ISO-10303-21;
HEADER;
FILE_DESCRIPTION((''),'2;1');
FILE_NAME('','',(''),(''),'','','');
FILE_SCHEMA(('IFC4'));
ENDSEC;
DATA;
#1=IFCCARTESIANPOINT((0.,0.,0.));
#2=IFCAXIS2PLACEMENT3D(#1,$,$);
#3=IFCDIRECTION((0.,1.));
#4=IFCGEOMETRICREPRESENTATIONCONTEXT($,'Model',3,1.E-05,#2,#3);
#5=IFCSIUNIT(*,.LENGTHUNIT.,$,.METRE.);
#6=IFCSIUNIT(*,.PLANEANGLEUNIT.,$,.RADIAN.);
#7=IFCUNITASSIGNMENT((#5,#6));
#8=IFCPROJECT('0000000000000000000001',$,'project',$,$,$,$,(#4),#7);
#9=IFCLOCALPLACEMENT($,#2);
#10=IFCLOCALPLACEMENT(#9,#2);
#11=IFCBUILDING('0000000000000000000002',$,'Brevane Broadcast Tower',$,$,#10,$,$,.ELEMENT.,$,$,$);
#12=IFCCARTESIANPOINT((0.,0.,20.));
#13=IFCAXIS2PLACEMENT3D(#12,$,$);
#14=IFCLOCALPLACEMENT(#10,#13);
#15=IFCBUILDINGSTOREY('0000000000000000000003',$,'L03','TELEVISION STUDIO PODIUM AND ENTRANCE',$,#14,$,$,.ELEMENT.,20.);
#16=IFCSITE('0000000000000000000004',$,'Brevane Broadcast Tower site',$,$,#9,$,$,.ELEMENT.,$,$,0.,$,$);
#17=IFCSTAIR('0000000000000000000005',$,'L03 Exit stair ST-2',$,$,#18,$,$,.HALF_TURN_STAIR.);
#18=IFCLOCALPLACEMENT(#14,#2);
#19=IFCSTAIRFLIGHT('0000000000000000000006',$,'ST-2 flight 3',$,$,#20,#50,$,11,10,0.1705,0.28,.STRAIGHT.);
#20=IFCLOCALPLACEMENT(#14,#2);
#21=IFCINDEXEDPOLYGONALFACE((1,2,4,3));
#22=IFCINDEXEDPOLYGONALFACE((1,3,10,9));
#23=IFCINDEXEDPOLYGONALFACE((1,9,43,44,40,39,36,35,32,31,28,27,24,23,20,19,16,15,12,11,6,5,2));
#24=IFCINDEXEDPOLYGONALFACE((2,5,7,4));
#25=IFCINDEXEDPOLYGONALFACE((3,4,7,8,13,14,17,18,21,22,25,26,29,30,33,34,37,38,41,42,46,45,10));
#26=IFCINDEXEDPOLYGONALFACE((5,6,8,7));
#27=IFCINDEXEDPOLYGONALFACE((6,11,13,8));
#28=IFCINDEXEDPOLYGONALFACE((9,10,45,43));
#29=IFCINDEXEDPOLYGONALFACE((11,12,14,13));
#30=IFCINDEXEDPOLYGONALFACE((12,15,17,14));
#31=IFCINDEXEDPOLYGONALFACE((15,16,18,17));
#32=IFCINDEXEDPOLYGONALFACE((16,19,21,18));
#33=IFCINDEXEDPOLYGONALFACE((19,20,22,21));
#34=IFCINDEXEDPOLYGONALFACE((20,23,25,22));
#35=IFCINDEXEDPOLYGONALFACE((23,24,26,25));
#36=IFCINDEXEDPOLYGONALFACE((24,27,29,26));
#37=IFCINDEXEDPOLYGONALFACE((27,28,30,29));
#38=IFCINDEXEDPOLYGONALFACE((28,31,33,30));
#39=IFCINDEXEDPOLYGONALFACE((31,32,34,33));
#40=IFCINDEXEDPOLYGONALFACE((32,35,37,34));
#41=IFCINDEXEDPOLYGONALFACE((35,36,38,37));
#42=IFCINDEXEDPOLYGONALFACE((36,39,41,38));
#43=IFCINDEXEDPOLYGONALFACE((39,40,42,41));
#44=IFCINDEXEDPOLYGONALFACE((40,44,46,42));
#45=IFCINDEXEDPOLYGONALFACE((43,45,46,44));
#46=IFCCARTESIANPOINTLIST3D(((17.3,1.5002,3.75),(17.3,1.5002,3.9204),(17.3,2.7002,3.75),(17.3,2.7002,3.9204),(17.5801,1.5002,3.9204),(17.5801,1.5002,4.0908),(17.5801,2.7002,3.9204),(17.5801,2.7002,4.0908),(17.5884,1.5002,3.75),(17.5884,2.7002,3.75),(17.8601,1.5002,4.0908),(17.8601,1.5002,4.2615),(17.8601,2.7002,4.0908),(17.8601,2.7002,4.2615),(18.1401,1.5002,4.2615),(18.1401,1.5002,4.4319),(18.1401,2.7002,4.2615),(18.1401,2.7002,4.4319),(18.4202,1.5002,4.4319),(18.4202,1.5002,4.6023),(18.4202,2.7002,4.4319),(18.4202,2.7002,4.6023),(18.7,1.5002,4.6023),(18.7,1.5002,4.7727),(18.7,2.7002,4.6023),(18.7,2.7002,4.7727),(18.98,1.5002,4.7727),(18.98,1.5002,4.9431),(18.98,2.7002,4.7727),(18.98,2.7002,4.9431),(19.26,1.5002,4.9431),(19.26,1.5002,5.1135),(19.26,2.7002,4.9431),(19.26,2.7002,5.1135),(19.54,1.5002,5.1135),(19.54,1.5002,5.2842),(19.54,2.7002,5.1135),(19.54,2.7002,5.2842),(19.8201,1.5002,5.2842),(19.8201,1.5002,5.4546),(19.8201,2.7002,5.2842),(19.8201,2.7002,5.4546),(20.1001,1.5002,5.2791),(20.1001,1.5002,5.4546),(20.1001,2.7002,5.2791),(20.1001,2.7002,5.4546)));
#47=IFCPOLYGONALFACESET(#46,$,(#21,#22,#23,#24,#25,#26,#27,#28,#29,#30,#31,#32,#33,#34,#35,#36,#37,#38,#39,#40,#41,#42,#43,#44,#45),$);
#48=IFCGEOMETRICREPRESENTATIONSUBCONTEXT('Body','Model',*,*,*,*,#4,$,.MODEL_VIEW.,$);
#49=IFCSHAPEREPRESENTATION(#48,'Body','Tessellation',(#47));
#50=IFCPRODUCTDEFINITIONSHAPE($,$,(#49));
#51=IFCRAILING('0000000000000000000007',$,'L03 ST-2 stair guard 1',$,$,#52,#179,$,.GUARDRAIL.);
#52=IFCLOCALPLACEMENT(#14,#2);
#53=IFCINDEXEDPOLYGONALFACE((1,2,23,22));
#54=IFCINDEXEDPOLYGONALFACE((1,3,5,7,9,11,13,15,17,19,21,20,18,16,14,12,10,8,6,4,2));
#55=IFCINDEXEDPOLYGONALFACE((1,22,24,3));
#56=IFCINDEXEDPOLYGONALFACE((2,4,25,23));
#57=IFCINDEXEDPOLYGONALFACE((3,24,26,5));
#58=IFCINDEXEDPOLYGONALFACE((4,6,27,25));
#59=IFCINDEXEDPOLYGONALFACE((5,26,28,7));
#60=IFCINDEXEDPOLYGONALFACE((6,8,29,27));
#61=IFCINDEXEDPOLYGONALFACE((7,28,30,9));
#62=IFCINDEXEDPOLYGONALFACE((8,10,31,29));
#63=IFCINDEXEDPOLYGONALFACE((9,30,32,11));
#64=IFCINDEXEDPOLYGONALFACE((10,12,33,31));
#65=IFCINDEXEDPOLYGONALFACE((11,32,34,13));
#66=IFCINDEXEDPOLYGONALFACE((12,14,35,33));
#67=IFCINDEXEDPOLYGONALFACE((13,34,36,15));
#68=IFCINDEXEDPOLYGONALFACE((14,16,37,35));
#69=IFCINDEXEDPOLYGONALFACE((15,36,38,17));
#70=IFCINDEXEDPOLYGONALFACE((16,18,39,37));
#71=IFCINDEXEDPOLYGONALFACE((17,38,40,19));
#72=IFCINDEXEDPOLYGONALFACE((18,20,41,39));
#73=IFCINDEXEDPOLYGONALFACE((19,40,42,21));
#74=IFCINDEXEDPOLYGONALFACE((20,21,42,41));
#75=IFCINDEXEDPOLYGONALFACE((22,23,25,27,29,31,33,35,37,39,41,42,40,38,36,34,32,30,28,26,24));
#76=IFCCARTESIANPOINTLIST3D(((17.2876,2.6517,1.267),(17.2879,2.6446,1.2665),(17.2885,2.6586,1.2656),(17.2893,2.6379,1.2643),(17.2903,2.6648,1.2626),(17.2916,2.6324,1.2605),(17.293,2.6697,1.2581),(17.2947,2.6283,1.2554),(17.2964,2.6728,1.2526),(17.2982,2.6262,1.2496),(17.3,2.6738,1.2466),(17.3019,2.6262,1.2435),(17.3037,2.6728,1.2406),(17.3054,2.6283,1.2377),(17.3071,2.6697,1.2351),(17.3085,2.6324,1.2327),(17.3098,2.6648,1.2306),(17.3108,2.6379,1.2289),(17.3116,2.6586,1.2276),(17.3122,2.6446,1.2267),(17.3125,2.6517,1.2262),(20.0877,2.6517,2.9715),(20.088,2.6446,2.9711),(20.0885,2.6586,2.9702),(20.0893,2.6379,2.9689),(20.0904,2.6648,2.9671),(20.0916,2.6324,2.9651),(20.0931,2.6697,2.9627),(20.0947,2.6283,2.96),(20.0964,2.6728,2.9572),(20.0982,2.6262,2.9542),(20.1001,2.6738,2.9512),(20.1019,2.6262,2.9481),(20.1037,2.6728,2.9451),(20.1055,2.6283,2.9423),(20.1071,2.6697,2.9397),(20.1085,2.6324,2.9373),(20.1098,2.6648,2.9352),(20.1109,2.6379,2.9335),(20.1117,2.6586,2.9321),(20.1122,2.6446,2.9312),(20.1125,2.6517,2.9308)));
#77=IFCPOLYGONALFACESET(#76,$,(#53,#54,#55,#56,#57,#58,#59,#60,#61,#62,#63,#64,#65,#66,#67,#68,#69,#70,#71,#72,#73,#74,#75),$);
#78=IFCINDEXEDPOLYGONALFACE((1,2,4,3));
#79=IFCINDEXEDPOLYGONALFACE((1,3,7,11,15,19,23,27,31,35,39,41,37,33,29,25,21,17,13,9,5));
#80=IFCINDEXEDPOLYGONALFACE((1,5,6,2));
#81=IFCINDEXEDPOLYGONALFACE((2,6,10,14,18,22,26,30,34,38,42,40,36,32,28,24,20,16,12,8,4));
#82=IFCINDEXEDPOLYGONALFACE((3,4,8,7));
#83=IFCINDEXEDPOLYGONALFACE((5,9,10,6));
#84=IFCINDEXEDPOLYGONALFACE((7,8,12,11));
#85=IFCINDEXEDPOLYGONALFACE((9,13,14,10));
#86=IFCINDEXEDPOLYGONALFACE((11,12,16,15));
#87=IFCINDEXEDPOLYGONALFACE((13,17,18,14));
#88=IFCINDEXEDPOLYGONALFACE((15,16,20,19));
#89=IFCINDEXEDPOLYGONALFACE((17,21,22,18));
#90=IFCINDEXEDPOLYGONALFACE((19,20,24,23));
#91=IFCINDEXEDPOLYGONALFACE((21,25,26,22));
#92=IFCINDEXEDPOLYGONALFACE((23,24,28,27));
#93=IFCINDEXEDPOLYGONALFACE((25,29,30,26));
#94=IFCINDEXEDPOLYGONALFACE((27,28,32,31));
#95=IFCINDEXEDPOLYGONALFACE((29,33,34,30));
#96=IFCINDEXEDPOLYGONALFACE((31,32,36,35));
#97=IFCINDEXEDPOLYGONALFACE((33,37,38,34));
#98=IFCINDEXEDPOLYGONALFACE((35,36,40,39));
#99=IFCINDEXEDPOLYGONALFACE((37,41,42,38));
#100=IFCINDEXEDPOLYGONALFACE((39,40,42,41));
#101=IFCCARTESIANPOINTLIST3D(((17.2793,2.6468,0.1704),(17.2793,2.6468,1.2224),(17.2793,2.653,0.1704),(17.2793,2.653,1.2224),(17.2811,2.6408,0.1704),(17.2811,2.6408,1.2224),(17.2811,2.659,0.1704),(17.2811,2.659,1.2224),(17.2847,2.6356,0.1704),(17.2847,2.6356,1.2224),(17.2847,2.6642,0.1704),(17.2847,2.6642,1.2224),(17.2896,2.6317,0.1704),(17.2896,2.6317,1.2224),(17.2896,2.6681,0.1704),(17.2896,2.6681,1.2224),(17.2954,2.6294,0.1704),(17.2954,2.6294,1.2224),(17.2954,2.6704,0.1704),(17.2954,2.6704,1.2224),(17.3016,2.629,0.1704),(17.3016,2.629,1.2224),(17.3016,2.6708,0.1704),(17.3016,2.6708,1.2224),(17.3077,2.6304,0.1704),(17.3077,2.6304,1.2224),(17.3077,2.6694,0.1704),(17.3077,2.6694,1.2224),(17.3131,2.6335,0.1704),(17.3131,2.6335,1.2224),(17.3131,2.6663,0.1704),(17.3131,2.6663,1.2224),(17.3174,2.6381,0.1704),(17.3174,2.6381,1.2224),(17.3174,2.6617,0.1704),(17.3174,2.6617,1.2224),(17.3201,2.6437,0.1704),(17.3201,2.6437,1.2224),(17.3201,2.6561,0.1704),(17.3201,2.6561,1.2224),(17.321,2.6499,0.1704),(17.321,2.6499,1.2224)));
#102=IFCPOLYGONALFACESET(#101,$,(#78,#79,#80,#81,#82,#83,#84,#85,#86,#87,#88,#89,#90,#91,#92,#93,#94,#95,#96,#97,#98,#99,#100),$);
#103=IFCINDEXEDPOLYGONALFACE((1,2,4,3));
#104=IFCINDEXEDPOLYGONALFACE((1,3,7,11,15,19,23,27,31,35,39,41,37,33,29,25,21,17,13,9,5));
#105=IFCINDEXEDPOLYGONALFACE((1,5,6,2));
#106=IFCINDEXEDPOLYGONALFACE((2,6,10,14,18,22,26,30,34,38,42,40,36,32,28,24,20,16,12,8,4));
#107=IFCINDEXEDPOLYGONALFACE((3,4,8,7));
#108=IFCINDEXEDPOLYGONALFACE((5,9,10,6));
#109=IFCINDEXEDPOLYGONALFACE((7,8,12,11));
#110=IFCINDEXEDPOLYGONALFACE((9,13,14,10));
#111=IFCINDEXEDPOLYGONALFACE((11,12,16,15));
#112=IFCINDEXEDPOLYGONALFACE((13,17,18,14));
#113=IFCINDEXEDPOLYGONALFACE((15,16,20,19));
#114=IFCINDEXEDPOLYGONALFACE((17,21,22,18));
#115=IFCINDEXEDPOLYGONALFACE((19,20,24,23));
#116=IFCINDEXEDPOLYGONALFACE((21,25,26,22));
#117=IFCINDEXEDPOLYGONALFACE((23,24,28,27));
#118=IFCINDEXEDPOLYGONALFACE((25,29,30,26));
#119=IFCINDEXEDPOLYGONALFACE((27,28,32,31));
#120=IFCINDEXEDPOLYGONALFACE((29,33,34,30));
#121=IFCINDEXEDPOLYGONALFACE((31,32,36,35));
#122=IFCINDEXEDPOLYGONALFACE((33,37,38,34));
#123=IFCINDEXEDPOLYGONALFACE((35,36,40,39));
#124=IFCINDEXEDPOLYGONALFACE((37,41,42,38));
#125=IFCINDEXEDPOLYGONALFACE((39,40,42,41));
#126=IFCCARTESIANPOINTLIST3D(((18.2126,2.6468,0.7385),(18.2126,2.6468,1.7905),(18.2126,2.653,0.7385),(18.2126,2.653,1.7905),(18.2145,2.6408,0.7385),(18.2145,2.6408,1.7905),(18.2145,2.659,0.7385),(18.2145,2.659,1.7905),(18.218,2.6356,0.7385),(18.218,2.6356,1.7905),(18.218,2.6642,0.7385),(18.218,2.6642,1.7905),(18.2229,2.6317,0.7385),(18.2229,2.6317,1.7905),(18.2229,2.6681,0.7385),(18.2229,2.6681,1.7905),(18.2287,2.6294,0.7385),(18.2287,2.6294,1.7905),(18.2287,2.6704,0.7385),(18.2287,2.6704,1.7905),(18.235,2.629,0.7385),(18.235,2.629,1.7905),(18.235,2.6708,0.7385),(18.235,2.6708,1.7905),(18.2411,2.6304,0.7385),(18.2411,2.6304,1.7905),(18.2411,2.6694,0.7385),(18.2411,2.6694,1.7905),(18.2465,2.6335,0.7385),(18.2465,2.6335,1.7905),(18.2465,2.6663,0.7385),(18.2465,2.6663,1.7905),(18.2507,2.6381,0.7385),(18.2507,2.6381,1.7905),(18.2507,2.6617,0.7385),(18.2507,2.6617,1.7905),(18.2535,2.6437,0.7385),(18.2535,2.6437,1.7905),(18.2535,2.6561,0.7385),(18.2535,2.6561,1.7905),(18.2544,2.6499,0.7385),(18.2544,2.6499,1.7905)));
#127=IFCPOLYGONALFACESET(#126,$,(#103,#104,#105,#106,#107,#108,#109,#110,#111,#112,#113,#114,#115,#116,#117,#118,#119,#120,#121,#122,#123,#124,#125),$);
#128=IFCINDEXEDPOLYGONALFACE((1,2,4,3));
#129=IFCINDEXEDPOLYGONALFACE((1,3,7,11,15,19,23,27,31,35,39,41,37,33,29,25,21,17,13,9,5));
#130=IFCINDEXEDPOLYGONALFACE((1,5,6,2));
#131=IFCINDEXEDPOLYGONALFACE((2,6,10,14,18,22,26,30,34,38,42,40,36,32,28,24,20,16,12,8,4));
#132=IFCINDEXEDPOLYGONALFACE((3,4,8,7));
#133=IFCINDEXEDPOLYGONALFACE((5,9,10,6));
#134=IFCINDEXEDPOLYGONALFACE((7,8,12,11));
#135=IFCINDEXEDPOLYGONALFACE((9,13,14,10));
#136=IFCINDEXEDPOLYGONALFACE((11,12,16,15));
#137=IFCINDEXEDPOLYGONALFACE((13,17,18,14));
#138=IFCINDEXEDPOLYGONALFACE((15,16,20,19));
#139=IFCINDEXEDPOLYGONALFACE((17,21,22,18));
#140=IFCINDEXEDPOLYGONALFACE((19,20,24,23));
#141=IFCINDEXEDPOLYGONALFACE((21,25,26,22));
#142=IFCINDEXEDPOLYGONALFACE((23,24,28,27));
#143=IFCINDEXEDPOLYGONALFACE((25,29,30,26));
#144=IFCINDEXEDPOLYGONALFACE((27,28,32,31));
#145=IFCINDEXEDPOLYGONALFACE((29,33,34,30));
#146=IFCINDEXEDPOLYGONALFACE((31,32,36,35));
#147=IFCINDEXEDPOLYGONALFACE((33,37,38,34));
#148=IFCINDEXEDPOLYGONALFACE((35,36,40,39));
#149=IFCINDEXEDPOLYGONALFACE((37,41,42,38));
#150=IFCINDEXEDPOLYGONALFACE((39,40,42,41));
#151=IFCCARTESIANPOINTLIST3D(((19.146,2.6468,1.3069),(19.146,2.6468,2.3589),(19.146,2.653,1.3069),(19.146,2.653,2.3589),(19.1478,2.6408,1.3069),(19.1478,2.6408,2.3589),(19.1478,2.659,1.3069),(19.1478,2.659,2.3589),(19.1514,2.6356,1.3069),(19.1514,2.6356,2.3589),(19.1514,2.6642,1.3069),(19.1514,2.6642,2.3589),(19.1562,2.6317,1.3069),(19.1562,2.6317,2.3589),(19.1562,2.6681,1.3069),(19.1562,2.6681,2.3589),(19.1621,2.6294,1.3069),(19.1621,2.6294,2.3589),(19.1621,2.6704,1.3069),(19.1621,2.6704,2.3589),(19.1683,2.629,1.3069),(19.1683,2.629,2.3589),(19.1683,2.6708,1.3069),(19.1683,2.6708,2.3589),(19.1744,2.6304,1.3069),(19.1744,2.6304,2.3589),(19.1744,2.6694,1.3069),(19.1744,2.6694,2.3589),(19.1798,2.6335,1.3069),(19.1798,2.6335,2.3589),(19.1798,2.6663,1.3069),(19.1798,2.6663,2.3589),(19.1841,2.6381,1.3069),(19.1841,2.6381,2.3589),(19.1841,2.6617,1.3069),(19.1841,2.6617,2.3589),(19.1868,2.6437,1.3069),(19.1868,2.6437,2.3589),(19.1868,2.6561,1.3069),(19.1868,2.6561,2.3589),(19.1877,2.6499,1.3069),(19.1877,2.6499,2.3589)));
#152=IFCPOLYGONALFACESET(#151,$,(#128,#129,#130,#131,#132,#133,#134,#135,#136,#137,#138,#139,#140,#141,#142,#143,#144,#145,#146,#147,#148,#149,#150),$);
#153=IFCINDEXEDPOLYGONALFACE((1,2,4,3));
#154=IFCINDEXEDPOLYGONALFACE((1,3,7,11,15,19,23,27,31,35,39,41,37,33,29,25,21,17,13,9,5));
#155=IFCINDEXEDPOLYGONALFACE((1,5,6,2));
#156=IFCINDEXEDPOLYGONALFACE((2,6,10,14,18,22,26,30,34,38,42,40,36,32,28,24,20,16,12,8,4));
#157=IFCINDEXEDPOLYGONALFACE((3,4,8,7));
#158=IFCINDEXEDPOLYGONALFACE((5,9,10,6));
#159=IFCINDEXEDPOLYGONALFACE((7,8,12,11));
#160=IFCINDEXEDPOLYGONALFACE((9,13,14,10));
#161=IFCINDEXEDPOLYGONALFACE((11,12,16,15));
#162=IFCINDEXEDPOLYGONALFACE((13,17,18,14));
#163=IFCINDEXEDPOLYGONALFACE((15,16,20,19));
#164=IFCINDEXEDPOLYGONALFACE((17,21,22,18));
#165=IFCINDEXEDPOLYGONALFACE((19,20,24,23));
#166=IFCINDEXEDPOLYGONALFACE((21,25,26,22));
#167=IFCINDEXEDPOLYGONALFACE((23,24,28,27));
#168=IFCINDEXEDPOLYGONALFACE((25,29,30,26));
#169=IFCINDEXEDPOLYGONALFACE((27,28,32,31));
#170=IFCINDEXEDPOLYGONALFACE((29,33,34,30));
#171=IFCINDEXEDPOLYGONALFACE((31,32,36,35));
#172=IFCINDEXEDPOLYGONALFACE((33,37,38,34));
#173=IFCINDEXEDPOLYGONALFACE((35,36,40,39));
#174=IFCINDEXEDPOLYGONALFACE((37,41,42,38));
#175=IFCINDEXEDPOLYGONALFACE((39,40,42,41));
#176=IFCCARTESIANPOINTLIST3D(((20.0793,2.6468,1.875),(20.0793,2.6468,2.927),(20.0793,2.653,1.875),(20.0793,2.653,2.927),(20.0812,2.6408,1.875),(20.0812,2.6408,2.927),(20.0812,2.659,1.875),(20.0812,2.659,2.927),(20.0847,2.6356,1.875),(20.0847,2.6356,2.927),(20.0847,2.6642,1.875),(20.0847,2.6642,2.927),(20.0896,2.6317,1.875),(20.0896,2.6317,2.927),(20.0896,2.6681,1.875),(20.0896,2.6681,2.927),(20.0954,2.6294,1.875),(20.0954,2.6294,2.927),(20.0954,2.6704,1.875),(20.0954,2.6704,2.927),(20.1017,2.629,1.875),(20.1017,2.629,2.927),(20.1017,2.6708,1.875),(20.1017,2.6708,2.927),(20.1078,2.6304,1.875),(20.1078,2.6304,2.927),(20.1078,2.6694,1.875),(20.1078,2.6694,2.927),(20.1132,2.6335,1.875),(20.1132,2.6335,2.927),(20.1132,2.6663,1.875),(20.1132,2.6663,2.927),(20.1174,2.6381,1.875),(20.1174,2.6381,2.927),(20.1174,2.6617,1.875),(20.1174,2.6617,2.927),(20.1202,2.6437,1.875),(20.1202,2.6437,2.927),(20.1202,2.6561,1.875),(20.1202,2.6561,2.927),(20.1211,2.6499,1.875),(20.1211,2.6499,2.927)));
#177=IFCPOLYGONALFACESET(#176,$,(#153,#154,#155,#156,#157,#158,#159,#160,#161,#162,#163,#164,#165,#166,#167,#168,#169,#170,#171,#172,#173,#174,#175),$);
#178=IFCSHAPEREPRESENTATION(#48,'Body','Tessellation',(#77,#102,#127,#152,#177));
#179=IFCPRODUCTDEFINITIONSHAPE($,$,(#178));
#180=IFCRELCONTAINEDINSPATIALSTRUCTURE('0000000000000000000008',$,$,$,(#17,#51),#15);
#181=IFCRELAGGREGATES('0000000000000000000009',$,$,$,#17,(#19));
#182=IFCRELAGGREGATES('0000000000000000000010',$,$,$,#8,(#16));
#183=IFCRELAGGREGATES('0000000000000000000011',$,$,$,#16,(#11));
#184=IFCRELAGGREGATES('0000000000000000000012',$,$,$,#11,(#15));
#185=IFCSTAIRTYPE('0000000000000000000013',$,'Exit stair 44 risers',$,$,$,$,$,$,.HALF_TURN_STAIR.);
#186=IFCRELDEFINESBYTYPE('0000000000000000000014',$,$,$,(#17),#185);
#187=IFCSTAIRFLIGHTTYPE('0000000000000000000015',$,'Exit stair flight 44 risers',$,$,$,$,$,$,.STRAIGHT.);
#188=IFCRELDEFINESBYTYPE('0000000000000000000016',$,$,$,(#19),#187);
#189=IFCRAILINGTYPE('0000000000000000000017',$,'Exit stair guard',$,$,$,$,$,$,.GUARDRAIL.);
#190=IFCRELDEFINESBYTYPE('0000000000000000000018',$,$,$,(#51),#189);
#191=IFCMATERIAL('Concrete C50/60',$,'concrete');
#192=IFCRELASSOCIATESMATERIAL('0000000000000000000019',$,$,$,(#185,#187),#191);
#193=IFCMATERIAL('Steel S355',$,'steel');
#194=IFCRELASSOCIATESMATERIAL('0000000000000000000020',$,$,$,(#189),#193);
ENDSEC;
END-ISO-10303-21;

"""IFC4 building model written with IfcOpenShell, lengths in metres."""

from ifc_helpers import new_model, si_unit, direction, frame, origin, origin_2d, place, context, subcontext, project, spatial, polyline, circle, outline, extrude, material, type_object, element, aggregate, save


model = new_model("IFC4")

# Units and contexts
model_context = context("Model", 3, precision=1e-05, world=origin(), true_north=direction((0.0, 1.0)))
body_context = subcontext(model_context, "Body", "Model", "MODEL_VIEW")
ifc_project = project(units=[si_unit("LENGTHUNIT", "METRE"), si_unit("PLANEANGLEUNIT", "RADIAN")], contexts=[model_context])

# Site, building, storey
site_placement = place(None, origin())
site = spatial("IfcSite", under=ifc_project, at=site_placement, Name="Brevane Broadcast Tower site", CompositionType="ELEMENT", RefElevation=0.0)
building_placement = place(site_placement, origin())
building = spatial("IfcBuilding", under=site, at=building_placement, Name="Brevane Broadcast Tower", CompositionType="ELEMENT")
storey_placement = place(building_placement, frame((0.0, 0.0, 20.0)))
storey = spatial("IfcBuildingStorey", under=building, at=storey_placement, Name="L03", Description="TELEVISION STUDIO PODIUM AND ENTRANCE", CompositionType="ELEMENT", Elevation=20.0)

# Stair, stair flight
ifc_material_1 = material(Name="Concrete C50/60", Category="concrete")
stair_type = type_object("IfcStairType", Name="Exit stair 44 risers", PredefinedType="HALF_TURN_STAIR", material=ifc_material_1)
stair_placement = place(storey_placement, origin())
stair = element("IfcStair", 1, at=stair_placement, inside=storey, type_object=stair_type, Name="L03 Exit stair ST-2", PredefinedType="HALF_TURN_STAIR")
stair_flight_type = type_object("IfcStairFlightType", Name="Exit stair flight 44 risers", PredefinedType="STRAIGHT", material=ifc_material_1)
stair_flight_1_placement = place(storey_placement, frame((17.3, 2.1001, 3.75), z_axis=(0.0, 0.0, 1.0), x_axis=(1.0, 0.0, 0.0)))
stair_flight_1 = element("IfcStairFlight", 2, at=stair_flight_1_placement, type_object=stair_flight_type, Name="ST-2 flight 3", NumberOfRisers=11, NumberOfTreads=10, PredefinedType="STRAIGHT", RiserHeight=0.1705, TreadLength=0.28, context=body_context, shape_type="SweptSolid", body=[
    extrude(outline(polyline([(0.0, 0.0), (0.0, 0.1704), (0.28, 0.1704), (0.28, 0.3408), (0.5601, 0.3408), (0.5601, 0.5115), (0.8401, 0.5115), (0.8401, 0.6819), (1.1201, 0.6819), (1.1201, 0.8523), (1.3999, 0.8523), (1.3999, 1.0227), (1.6799, 1.0227), (1.6799, 1.1931), (1.96, 1.1931), (1.96, 1.3635), (2.24, 1.3635), (2.24, 1.5342), (2.52, 1.5342), (2.52, 1.7046), (2.8, 1.7046), (2.8, 1.875), (2.8, 1.5291), (0.2883, 0.0), (0.0, 0.0)])), frame((0.0, 0.6001, 0.0), z_axis=(0.0, -1.0, 0.0), x_axis=(1.0, 0.0, 0.0)), (0.0, 0.0, 1.0), 1.2),
])
aggregate(stair, [stair_flight_1])

# Railing
ifc_material_2 = material(Name="Steel S355", Category="steel")
railing_type_1 = type_object("IfcRailingType", Name="Exit stair guard", PredefinedType="GUARDRAIL", material=ifc_material_2)
railing_1_placement = place(storey_placement, frame((17.3, 2.6499, 0.1704)))
element("IfcRailing", 3, at=railing_1_placement, inside=storey, type_object=railing_type_1, Name="L03 ST-2 stair guard 1", PredefinedType="GUARDRAIL", context=body_context, shape_type="SweptSolid", body=[
    extrude(circle(Radius=0.0239, at=origin_2d()), frame((0.0, 0.0, 1.0762), z_axis=(0.85417, 0.0, 0.519994), x_axis=(0.0, 1.0, 0.0)), (0.0, 0.0, 1.0), 3.2781),
    extrude(circle(Radius=0.021, at=origin_2d()), origin(), (0.0, 0.0, 1.0), 1.052),
    extrude(circle(Radius=0.021, at=origin_2d()), frame((0.9333, 0.0, 0.5681)), (0.0, 0.0, 1.0), 1.052),
    extrude(circle(Radius=0.021, at=origin_2d()), frame((1.8667, 0.0, 1.1365)), (0.0, 0.0, 1.0), 1.052),
    extrude(circle(Radius=0.021, at=origin_2d()), frame((2.8, 0.0, 1.7046)), (0.0, 0.0, 1.0), 1.052),
])

save(model, "model.ifc")
